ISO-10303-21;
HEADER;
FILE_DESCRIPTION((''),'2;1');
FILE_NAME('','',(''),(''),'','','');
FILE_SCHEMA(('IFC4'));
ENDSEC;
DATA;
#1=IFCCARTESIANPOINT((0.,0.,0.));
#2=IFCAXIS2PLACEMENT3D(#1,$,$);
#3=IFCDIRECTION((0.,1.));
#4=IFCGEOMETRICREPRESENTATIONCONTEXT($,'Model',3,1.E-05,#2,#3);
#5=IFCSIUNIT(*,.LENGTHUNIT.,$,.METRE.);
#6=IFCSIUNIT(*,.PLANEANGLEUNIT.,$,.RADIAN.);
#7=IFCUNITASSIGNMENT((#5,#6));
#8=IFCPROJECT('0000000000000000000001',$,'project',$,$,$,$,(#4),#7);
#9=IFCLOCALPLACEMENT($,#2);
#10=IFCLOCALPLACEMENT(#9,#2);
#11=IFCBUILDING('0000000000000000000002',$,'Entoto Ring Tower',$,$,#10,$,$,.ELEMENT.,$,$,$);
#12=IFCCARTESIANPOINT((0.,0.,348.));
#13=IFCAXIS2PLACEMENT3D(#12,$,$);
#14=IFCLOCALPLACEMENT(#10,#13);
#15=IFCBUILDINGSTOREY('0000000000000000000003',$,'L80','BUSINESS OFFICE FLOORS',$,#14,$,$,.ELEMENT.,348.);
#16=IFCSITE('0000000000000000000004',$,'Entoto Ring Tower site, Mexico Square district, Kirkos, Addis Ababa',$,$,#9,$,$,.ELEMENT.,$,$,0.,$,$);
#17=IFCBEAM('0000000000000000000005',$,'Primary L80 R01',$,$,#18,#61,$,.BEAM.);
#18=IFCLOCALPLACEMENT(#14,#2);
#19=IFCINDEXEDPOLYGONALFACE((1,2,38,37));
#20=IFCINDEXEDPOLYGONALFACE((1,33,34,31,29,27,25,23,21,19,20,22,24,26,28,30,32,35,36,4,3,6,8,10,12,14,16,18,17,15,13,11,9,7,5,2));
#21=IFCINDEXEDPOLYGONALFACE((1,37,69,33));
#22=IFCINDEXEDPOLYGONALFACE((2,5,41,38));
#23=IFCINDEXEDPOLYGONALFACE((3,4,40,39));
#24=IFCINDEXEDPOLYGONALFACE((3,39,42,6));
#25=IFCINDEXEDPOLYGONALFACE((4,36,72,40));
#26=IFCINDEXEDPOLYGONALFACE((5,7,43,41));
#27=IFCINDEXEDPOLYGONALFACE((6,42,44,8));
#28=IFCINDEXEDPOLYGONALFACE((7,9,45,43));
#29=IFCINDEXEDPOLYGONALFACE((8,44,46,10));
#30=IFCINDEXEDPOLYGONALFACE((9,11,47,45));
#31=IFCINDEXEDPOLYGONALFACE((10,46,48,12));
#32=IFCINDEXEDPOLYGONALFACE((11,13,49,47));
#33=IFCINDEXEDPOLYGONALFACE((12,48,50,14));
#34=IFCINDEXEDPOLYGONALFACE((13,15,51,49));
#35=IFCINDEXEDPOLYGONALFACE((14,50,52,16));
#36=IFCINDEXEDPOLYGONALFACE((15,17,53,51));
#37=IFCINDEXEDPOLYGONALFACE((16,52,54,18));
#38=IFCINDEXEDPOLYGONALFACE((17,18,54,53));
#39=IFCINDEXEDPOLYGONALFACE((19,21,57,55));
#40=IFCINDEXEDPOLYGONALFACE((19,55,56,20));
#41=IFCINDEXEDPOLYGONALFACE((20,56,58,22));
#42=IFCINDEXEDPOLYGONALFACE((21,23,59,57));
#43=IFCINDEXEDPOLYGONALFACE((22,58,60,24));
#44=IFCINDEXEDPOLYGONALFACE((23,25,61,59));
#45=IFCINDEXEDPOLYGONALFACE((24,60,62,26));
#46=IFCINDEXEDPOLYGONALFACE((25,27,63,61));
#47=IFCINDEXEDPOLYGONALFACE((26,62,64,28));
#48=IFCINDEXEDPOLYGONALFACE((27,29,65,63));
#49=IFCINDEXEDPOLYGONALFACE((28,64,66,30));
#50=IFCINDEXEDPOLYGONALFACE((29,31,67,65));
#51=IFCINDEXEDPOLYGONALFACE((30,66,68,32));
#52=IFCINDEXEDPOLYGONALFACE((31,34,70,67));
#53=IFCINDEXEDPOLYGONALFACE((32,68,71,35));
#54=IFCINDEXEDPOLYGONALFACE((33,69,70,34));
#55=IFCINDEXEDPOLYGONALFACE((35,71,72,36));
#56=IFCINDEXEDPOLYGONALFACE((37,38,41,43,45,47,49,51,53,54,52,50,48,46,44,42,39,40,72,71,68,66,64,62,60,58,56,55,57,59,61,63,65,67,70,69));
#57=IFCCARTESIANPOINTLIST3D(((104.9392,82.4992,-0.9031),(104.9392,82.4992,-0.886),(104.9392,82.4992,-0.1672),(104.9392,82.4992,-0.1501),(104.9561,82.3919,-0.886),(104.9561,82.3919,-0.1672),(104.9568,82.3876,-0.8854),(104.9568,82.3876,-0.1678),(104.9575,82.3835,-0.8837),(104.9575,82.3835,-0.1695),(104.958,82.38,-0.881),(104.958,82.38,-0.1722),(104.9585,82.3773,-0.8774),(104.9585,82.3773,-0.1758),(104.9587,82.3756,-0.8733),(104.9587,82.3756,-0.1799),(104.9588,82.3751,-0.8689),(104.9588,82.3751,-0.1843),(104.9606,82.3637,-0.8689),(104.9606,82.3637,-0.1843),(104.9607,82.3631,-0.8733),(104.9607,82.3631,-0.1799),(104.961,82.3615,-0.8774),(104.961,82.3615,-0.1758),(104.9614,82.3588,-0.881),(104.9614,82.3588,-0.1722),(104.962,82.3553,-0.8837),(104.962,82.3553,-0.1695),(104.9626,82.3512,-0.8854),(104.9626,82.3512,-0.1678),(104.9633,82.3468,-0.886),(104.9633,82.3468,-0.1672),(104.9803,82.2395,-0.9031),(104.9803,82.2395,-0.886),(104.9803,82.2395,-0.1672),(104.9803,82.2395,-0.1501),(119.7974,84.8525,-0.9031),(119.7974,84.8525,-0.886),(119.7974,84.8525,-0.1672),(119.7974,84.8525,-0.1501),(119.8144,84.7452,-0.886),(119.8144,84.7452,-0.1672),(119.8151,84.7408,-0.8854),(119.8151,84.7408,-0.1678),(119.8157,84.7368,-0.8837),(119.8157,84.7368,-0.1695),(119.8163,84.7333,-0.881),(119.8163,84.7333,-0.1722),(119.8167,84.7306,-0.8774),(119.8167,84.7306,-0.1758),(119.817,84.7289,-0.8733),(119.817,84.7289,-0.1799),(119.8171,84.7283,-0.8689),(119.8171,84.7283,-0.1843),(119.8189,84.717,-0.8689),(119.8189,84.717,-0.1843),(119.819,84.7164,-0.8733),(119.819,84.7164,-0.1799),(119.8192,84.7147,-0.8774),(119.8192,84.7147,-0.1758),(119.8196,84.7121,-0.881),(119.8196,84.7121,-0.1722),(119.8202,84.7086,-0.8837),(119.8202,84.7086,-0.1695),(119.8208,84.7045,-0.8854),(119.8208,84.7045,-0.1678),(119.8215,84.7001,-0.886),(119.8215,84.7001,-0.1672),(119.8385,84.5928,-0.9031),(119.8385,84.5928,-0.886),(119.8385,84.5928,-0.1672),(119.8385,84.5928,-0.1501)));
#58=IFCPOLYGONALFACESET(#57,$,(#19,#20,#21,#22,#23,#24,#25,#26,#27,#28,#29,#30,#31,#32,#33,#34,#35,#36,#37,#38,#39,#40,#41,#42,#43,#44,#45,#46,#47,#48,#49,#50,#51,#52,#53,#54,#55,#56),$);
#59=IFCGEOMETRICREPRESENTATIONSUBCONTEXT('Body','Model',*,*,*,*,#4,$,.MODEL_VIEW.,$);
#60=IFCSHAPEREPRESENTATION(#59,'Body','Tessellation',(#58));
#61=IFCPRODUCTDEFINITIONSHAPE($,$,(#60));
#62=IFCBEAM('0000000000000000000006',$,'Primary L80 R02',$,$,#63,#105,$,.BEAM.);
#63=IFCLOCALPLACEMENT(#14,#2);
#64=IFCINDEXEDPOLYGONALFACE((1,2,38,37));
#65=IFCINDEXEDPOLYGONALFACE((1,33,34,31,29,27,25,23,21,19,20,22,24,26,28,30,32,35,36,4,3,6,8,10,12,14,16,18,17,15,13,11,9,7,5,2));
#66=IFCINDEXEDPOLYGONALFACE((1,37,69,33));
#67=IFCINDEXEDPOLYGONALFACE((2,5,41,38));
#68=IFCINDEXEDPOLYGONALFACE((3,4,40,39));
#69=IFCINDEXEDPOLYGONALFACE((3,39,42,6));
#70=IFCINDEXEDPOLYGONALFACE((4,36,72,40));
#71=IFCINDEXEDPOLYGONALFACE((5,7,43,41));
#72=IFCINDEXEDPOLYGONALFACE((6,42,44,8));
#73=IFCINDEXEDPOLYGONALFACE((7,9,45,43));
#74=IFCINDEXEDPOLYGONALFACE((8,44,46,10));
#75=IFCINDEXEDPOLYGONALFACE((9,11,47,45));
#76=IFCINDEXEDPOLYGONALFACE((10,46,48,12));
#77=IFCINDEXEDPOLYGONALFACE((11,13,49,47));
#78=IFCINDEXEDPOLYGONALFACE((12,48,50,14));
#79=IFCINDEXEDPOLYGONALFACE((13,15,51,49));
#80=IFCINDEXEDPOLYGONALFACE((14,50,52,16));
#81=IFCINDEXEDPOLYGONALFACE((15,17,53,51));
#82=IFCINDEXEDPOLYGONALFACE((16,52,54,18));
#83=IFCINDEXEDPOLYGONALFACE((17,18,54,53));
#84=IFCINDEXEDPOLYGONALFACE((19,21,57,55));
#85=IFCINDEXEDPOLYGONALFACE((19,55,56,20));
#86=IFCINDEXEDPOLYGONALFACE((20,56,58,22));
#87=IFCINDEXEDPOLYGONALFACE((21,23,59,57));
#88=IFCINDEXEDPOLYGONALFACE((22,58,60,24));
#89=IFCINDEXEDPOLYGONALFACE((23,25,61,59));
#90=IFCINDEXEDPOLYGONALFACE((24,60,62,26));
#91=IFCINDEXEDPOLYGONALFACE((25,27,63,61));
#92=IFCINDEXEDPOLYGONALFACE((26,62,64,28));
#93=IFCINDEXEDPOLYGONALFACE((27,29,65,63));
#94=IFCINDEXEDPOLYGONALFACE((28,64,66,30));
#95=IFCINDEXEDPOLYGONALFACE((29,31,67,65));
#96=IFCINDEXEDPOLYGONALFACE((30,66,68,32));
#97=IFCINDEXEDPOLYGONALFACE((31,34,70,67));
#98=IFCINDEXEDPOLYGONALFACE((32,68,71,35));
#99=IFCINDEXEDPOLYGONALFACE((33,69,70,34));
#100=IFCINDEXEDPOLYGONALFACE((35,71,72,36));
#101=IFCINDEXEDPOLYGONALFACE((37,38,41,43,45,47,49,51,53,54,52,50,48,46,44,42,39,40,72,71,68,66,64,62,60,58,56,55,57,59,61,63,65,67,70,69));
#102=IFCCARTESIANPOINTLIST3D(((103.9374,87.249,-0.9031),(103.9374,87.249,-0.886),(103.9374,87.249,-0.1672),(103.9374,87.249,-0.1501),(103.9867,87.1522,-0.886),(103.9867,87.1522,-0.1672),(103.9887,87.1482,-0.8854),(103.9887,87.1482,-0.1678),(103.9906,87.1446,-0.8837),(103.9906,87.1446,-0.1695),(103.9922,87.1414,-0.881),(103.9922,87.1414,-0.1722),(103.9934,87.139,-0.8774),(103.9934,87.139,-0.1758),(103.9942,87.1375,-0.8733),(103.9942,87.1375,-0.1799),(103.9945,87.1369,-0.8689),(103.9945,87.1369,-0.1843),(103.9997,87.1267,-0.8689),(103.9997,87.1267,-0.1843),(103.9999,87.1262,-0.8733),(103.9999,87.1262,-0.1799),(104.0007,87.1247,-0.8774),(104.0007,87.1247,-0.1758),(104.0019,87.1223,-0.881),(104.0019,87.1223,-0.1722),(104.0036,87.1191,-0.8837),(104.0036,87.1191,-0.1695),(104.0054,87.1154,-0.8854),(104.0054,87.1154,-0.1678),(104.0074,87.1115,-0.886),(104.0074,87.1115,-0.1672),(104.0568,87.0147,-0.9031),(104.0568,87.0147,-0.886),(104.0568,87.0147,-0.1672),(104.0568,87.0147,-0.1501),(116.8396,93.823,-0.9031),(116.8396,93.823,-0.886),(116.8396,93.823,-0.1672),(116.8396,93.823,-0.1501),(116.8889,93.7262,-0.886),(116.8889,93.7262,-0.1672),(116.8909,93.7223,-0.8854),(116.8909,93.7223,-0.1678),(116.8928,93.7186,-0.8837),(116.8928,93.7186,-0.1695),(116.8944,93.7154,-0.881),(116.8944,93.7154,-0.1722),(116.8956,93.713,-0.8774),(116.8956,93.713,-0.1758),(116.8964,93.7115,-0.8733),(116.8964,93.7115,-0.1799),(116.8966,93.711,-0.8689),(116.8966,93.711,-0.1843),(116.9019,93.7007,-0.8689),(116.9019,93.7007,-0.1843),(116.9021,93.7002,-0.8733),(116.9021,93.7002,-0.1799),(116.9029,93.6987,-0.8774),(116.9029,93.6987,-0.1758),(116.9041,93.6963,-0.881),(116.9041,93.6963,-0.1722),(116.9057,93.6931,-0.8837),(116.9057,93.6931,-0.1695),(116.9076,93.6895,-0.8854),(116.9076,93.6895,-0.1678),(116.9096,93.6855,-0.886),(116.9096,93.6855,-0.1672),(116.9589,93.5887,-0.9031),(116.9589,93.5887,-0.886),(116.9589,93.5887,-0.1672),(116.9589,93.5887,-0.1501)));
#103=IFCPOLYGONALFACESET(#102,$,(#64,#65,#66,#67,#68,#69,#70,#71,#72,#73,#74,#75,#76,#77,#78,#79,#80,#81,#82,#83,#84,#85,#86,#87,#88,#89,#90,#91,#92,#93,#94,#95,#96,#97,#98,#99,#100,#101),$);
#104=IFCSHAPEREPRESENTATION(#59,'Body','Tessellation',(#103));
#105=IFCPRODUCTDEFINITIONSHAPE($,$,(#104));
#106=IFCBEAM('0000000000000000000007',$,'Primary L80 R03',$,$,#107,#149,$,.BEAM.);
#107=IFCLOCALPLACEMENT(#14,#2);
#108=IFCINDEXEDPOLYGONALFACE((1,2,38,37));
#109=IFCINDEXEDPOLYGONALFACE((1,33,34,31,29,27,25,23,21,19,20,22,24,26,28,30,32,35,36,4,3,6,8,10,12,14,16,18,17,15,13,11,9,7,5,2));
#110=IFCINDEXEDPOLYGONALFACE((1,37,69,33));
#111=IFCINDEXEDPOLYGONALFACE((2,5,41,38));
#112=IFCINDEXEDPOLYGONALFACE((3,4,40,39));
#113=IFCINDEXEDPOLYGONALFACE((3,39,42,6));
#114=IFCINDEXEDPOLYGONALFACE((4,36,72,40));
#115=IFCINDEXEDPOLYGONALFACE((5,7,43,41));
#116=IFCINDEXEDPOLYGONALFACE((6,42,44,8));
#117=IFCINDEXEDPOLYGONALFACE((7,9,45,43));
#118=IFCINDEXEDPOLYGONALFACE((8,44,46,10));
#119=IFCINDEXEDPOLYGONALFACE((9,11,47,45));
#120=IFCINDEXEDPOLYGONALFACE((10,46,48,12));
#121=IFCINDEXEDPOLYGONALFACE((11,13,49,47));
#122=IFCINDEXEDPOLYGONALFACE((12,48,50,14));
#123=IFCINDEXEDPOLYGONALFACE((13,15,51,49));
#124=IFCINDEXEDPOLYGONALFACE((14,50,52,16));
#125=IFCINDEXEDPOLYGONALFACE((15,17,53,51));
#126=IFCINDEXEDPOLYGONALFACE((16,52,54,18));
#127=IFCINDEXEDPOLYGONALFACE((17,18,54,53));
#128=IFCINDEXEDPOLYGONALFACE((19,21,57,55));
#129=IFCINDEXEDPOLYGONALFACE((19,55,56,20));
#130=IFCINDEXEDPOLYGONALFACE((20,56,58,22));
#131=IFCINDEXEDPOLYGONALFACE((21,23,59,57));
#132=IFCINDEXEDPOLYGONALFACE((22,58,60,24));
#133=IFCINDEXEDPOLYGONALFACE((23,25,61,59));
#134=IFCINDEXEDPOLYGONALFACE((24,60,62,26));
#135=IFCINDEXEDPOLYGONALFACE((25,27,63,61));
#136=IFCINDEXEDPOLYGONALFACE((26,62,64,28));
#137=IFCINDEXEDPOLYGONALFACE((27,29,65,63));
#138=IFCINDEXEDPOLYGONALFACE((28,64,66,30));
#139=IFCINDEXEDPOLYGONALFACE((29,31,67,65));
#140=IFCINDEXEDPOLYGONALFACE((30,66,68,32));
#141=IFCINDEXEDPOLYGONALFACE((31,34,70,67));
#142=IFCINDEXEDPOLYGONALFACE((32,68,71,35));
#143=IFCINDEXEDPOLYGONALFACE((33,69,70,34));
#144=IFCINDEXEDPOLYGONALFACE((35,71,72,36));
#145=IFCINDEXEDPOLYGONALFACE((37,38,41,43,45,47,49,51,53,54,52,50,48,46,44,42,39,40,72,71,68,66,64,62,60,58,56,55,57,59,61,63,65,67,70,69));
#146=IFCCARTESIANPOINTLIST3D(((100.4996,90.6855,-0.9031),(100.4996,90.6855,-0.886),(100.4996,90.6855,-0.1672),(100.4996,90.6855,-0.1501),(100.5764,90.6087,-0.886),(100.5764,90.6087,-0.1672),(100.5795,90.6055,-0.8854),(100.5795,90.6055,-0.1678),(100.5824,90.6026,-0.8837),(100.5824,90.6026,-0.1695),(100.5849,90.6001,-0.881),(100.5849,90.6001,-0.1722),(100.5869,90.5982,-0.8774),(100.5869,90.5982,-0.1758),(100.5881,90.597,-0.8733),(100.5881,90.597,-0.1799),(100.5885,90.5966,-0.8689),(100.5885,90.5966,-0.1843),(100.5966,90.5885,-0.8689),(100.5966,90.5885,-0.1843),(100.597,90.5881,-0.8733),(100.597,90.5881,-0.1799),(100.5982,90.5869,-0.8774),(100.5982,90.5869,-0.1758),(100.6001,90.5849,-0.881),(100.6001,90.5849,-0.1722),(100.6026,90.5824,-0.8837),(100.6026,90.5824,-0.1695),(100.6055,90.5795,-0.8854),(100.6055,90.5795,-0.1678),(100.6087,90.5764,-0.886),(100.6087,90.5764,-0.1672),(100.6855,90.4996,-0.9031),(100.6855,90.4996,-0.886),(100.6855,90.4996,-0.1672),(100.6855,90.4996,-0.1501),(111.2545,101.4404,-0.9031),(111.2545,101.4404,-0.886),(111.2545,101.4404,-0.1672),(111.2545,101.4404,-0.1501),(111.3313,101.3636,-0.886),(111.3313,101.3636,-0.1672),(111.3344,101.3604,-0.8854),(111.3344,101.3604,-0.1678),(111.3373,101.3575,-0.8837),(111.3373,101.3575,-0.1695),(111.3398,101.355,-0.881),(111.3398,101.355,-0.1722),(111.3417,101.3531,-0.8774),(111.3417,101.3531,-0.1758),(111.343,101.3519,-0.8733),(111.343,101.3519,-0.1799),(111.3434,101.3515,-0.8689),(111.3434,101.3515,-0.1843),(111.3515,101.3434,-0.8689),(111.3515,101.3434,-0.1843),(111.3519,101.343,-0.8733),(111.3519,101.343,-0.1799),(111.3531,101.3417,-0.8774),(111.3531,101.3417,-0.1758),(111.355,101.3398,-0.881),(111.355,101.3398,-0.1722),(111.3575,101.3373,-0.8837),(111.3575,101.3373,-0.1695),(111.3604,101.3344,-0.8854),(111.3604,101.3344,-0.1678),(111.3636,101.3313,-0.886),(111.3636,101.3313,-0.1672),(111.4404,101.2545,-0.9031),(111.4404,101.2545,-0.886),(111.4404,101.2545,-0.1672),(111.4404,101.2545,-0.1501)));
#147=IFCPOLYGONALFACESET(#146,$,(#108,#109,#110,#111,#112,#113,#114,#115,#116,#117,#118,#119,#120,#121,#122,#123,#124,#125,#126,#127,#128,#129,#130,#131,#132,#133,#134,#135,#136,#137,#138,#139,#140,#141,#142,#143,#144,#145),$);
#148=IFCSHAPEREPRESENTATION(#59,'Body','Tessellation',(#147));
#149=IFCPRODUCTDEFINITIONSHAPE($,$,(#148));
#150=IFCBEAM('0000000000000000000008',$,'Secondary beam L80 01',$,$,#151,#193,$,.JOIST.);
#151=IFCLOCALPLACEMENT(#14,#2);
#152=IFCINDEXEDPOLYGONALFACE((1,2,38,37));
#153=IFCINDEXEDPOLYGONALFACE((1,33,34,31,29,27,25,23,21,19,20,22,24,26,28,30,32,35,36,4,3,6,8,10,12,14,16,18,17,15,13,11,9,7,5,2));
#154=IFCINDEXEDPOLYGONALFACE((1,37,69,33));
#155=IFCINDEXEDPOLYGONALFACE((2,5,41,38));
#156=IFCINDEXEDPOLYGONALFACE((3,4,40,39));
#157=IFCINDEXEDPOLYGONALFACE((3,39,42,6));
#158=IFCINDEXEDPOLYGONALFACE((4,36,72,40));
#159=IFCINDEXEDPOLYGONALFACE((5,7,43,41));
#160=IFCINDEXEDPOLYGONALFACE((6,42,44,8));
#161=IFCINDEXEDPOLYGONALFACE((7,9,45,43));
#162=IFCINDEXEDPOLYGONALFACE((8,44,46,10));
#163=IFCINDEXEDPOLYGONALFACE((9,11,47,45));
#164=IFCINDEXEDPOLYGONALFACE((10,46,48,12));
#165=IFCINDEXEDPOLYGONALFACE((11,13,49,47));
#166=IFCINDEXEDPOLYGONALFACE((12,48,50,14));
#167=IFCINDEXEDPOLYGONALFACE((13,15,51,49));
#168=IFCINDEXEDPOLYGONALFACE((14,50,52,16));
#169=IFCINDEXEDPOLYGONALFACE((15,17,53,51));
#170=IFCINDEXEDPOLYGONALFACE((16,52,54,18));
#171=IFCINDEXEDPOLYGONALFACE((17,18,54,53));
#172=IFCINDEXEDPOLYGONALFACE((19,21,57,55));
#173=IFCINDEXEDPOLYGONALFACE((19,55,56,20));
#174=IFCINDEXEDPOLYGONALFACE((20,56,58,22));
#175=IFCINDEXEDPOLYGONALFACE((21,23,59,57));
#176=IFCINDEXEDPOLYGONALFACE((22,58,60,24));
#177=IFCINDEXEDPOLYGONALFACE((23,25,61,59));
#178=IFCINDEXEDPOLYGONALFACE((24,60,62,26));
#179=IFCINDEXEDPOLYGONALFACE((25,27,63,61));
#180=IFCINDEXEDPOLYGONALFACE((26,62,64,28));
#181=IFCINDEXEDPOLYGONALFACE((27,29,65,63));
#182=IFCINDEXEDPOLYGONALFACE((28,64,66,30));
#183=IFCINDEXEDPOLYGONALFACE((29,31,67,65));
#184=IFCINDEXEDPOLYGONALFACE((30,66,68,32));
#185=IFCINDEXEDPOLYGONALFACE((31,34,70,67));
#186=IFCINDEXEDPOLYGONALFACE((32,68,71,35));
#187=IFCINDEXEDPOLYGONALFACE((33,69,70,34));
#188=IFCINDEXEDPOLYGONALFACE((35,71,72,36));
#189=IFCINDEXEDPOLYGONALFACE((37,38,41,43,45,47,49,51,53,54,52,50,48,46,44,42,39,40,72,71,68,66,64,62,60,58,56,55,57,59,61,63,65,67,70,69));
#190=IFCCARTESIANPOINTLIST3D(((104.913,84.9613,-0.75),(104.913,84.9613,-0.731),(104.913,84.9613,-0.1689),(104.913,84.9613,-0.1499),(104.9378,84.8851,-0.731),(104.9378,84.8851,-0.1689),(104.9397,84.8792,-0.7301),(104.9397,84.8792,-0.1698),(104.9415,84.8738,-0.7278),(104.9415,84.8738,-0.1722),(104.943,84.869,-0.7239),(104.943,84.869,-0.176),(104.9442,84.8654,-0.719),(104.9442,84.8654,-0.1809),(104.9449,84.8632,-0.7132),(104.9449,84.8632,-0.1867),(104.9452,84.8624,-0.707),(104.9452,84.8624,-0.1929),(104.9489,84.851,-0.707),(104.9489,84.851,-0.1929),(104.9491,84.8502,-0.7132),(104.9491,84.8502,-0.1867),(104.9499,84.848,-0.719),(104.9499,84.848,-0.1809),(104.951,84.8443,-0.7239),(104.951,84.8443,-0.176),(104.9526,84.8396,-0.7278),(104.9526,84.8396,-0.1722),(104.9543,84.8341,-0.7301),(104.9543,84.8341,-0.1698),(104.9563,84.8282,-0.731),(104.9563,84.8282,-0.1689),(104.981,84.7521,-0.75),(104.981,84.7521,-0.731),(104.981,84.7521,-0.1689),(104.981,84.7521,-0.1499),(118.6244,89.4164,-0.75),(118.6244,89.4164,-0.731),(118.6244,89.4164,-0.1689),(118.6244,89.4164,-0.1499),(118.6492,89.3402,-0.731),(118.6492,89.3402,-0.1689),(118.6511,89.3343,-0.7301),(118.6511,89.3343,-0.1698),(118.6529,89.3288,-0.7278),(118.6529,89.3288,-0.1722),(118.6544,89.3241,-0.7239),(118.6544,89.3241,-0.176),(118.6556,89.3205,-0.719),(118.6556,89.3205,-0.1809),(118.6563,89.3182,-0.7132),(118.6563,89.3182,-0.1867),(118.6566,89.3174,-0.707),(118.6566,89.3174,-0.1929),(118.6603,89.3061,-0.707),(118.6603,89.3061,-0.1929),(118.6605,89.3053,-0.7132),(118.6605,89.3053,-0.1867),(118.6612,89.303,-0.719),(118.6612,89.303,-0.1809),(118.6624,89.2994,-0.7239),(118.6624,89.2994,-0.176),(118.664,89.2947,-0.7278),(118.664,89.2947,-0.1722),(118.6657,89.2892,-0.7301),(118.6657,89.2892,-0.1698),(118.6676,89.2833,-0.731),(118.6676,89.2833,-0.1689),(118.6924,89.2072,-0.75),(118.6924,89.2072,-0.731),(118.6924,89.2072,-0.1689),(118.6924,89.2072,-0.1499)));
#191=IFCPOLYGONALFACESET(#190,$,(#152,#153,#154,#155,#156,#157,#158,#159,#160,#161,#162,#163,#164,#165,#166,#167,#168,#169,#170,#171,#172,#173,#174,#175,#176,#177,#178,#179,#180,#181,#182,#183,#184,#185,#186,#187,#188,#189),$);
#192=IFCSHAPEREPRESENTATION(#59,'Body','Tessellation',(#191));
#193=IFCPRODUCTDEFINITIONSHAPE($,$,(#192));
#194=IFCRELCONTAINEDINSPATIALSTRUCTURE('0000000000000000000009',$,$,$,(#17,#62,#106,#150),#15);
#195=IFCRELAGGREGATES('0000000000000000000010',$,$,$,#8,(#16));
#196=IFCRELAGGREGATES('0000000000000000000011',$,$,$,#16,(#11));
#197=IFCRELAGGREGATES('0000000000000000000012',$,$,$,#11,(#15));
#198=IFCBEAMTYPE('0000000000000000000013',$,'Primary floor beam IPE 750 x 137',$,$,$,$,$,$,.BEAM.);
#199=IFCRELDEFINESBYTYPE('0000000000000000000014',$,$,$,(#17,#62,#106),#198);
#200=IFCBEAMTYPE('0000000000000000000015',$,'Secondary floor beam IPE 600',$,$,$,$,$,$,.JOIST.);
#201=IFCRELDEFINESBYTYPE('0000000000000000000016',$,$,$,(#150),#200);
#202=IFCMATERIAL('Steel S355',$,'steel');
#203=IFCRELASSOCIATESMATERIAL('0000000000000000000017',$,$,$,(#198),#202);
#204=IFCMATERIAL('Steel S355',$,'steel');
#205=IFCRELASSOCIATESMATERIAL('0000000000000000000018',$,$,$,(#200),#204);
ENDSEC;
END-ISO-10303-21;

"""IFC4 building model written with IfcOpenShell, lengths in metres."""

from ifc_helpers import new_model, si_unit, direction, frame, origin, origin_2d, place, context, subcontext, project, spatial, i_section, extrude, material, material_profile, profile_set, type_object, element, save


model = new_model("IFC4")

# Units and contexts
model_context = context("Model", 3, precision=1e-05, world=origin(), true_north=direction((0.0, 1.0)))
body_context = subcontext(model_context, "Body", "Model", "MODEL_VIEW")
ifc_project = project(units=[si_unit("LENGTHUNIT", "METRE"), si_unit("PLANEANGLEUNIT", "RADIAN")], contexts=[model_context])

# Site, building, storey
site_placement = place(None, origin())
site = spatial("IfcSite", under=ifc_project, at=site_placement, Name="Entoto Ring Tower site, Mexico Square district, Kirkos, Addis Ababa", CompositionType="ELEMENT", RefElevation=0.0)
building_placement = place(site_placement, origin())
building = spatial("IfcBuilding", under=site, at=building_placement, Name="Entoto Ring Tower", CompositionType="ELEMENT")
storey_placement = place(building_placement, frame((0.0, 0.0, 348.0)))
storey = spatial("IfcBuildingStorey", under=building, at=storey_placement, Name="L80", Description="BUSINESS OFFICE FLOORS", CompositionType="ELEMENT", Elevation=348.0)

# Beams
ifc_material_1 = material(Name="Steel S355", Category="steel")
ifc_material_profile_1 = material_profile(ifc_material_1, i_section(OverallWidth=0.2629, OverallDepth=0.7529, WebThickness=0.0115, FlangeThickness=0.0171, FilletRadius=0.0171, at=origin_2d()), Name="IPE 750 x 137")
ifc_profile_set_1 = profile_set([ifc_material_profile_1], Name="Steel S355")
beam_type_1 = type_object("IfcBeamType", Name="Primary floor beam IPE 750 x 137", PredefinedType="BEAM", material=ifc_profile_set_1)
beam_1_placement = place(storey_placement, frame((104.9597, 82.3694, -0.5266), z_axis=(0.987689, 0.156433, 0.0), x_axis=(-0.156433, 0.987689, 0.0)))
element("IfcBeam", 1, at=beam_1_placement, inside=storey, type_object=beam_type_1, Name="Primary L80 R01", PredefinedType="BEAM", context=body_context, shape_type="SweptSolid", body=[
    extrude(i_section(OverallWidth=0.2629, OverallDepth=0.7529, WebThickness=0.0115, FlangeThickness=0.0171, FilletRadius=0.0171, at=origin_2d()), origin(), (0.0, 0.0, 1.0), 15.0435),
])
beam_2_placement = place(storey_placement, frame((103.9971, 87.1318, -0.5266), z_axis=(0.891006, 0.453992, 0.0), x_axis=(-0.453992, 0.891006, 0.0)))
element("IfcBeam", 2, at=beam_2_placement, inside=storey, type_object=beam_type_1, Name="Primary L80 R02", PredefinedType="BEAM", context=body_context, shape_type="SweptSolid", body=[
    extrude(i_section(OverallWidth=0.2629, OverallDepth=0.7529, WebThickness=0.0115, FlangeThickness=0.0171, FilletRadius=0.0171, at=origin_2d()), origin(), (0.0, 0.0, 1.0), 14.4805),
])
beam_3_placement = place(storey_placement, frame((100.5925, 90.5925, -0.5266), z_axis=(0.707107, 0.707107, 0.0), x_axis=(-0.707107, 0.707107, 0.0)))
element("IfcBeam", 3, at=beam_3_placement, inside=storey, type_object=beam_type_1, Name="Primary L80 R03", PredefinedType="BEAM", context=body_context, shape_type="SweptSolid", body=[
    extrude(i_section(OverallWidth=0.2629, OverallDepth=0.7529, WebThickness=0.0115, FlangeThickness=0.0171, FilletRadius=0.0171, at=origin_2d()), origin(), (0.0, 0.0, 1.0), 15.2097),
])
ifc_material_2 = material(Name="Steel S355", Category="steel")
ifc_material_profile_2 = material_profile(ifc_material_2, i_section(OverallWidth=0.22, OverallDepth=0.6001, WebThickness=0.012, FlangeThickness=0.019, FilletRadius=0.0239, at=origin_2d()), Name="IPE 600")
ifc_profile_set_2 = profile_set([ifc_material_profile_2], Name="Steel S355")
beam_type_2 = type_object("IfcBeamType", Name="Secondary floor beam IPE 600", PredefinedType="JOIST", material=ifc_profile_set_2)
beam_4_placement = place(storey_placement, frame((104.947, 84.8567, -0.45), z_axis=(0.951057, 0.309015, 0.0), x_axis=(-0.309015, 0.951057, 0.0)))
element("IfcBeam", 4, at=beam_4_placement, inside=storey, type_object=beam_type_2, Name="Secondary beam L80 01", PredefinedType="JOIST", context=body_context, shape_type="SweptSolid", body=[
    extrude(i_section(OverallWidth=0.22, OverallDepth=0.6001, WebThickness=0.012, FlangeThickness=0.019, FilletRadius=0.0239, at=origin_2d()), origin(), (0.0, 0.0, 1.0), 14.417),
])

save(model, "model.ifc")
